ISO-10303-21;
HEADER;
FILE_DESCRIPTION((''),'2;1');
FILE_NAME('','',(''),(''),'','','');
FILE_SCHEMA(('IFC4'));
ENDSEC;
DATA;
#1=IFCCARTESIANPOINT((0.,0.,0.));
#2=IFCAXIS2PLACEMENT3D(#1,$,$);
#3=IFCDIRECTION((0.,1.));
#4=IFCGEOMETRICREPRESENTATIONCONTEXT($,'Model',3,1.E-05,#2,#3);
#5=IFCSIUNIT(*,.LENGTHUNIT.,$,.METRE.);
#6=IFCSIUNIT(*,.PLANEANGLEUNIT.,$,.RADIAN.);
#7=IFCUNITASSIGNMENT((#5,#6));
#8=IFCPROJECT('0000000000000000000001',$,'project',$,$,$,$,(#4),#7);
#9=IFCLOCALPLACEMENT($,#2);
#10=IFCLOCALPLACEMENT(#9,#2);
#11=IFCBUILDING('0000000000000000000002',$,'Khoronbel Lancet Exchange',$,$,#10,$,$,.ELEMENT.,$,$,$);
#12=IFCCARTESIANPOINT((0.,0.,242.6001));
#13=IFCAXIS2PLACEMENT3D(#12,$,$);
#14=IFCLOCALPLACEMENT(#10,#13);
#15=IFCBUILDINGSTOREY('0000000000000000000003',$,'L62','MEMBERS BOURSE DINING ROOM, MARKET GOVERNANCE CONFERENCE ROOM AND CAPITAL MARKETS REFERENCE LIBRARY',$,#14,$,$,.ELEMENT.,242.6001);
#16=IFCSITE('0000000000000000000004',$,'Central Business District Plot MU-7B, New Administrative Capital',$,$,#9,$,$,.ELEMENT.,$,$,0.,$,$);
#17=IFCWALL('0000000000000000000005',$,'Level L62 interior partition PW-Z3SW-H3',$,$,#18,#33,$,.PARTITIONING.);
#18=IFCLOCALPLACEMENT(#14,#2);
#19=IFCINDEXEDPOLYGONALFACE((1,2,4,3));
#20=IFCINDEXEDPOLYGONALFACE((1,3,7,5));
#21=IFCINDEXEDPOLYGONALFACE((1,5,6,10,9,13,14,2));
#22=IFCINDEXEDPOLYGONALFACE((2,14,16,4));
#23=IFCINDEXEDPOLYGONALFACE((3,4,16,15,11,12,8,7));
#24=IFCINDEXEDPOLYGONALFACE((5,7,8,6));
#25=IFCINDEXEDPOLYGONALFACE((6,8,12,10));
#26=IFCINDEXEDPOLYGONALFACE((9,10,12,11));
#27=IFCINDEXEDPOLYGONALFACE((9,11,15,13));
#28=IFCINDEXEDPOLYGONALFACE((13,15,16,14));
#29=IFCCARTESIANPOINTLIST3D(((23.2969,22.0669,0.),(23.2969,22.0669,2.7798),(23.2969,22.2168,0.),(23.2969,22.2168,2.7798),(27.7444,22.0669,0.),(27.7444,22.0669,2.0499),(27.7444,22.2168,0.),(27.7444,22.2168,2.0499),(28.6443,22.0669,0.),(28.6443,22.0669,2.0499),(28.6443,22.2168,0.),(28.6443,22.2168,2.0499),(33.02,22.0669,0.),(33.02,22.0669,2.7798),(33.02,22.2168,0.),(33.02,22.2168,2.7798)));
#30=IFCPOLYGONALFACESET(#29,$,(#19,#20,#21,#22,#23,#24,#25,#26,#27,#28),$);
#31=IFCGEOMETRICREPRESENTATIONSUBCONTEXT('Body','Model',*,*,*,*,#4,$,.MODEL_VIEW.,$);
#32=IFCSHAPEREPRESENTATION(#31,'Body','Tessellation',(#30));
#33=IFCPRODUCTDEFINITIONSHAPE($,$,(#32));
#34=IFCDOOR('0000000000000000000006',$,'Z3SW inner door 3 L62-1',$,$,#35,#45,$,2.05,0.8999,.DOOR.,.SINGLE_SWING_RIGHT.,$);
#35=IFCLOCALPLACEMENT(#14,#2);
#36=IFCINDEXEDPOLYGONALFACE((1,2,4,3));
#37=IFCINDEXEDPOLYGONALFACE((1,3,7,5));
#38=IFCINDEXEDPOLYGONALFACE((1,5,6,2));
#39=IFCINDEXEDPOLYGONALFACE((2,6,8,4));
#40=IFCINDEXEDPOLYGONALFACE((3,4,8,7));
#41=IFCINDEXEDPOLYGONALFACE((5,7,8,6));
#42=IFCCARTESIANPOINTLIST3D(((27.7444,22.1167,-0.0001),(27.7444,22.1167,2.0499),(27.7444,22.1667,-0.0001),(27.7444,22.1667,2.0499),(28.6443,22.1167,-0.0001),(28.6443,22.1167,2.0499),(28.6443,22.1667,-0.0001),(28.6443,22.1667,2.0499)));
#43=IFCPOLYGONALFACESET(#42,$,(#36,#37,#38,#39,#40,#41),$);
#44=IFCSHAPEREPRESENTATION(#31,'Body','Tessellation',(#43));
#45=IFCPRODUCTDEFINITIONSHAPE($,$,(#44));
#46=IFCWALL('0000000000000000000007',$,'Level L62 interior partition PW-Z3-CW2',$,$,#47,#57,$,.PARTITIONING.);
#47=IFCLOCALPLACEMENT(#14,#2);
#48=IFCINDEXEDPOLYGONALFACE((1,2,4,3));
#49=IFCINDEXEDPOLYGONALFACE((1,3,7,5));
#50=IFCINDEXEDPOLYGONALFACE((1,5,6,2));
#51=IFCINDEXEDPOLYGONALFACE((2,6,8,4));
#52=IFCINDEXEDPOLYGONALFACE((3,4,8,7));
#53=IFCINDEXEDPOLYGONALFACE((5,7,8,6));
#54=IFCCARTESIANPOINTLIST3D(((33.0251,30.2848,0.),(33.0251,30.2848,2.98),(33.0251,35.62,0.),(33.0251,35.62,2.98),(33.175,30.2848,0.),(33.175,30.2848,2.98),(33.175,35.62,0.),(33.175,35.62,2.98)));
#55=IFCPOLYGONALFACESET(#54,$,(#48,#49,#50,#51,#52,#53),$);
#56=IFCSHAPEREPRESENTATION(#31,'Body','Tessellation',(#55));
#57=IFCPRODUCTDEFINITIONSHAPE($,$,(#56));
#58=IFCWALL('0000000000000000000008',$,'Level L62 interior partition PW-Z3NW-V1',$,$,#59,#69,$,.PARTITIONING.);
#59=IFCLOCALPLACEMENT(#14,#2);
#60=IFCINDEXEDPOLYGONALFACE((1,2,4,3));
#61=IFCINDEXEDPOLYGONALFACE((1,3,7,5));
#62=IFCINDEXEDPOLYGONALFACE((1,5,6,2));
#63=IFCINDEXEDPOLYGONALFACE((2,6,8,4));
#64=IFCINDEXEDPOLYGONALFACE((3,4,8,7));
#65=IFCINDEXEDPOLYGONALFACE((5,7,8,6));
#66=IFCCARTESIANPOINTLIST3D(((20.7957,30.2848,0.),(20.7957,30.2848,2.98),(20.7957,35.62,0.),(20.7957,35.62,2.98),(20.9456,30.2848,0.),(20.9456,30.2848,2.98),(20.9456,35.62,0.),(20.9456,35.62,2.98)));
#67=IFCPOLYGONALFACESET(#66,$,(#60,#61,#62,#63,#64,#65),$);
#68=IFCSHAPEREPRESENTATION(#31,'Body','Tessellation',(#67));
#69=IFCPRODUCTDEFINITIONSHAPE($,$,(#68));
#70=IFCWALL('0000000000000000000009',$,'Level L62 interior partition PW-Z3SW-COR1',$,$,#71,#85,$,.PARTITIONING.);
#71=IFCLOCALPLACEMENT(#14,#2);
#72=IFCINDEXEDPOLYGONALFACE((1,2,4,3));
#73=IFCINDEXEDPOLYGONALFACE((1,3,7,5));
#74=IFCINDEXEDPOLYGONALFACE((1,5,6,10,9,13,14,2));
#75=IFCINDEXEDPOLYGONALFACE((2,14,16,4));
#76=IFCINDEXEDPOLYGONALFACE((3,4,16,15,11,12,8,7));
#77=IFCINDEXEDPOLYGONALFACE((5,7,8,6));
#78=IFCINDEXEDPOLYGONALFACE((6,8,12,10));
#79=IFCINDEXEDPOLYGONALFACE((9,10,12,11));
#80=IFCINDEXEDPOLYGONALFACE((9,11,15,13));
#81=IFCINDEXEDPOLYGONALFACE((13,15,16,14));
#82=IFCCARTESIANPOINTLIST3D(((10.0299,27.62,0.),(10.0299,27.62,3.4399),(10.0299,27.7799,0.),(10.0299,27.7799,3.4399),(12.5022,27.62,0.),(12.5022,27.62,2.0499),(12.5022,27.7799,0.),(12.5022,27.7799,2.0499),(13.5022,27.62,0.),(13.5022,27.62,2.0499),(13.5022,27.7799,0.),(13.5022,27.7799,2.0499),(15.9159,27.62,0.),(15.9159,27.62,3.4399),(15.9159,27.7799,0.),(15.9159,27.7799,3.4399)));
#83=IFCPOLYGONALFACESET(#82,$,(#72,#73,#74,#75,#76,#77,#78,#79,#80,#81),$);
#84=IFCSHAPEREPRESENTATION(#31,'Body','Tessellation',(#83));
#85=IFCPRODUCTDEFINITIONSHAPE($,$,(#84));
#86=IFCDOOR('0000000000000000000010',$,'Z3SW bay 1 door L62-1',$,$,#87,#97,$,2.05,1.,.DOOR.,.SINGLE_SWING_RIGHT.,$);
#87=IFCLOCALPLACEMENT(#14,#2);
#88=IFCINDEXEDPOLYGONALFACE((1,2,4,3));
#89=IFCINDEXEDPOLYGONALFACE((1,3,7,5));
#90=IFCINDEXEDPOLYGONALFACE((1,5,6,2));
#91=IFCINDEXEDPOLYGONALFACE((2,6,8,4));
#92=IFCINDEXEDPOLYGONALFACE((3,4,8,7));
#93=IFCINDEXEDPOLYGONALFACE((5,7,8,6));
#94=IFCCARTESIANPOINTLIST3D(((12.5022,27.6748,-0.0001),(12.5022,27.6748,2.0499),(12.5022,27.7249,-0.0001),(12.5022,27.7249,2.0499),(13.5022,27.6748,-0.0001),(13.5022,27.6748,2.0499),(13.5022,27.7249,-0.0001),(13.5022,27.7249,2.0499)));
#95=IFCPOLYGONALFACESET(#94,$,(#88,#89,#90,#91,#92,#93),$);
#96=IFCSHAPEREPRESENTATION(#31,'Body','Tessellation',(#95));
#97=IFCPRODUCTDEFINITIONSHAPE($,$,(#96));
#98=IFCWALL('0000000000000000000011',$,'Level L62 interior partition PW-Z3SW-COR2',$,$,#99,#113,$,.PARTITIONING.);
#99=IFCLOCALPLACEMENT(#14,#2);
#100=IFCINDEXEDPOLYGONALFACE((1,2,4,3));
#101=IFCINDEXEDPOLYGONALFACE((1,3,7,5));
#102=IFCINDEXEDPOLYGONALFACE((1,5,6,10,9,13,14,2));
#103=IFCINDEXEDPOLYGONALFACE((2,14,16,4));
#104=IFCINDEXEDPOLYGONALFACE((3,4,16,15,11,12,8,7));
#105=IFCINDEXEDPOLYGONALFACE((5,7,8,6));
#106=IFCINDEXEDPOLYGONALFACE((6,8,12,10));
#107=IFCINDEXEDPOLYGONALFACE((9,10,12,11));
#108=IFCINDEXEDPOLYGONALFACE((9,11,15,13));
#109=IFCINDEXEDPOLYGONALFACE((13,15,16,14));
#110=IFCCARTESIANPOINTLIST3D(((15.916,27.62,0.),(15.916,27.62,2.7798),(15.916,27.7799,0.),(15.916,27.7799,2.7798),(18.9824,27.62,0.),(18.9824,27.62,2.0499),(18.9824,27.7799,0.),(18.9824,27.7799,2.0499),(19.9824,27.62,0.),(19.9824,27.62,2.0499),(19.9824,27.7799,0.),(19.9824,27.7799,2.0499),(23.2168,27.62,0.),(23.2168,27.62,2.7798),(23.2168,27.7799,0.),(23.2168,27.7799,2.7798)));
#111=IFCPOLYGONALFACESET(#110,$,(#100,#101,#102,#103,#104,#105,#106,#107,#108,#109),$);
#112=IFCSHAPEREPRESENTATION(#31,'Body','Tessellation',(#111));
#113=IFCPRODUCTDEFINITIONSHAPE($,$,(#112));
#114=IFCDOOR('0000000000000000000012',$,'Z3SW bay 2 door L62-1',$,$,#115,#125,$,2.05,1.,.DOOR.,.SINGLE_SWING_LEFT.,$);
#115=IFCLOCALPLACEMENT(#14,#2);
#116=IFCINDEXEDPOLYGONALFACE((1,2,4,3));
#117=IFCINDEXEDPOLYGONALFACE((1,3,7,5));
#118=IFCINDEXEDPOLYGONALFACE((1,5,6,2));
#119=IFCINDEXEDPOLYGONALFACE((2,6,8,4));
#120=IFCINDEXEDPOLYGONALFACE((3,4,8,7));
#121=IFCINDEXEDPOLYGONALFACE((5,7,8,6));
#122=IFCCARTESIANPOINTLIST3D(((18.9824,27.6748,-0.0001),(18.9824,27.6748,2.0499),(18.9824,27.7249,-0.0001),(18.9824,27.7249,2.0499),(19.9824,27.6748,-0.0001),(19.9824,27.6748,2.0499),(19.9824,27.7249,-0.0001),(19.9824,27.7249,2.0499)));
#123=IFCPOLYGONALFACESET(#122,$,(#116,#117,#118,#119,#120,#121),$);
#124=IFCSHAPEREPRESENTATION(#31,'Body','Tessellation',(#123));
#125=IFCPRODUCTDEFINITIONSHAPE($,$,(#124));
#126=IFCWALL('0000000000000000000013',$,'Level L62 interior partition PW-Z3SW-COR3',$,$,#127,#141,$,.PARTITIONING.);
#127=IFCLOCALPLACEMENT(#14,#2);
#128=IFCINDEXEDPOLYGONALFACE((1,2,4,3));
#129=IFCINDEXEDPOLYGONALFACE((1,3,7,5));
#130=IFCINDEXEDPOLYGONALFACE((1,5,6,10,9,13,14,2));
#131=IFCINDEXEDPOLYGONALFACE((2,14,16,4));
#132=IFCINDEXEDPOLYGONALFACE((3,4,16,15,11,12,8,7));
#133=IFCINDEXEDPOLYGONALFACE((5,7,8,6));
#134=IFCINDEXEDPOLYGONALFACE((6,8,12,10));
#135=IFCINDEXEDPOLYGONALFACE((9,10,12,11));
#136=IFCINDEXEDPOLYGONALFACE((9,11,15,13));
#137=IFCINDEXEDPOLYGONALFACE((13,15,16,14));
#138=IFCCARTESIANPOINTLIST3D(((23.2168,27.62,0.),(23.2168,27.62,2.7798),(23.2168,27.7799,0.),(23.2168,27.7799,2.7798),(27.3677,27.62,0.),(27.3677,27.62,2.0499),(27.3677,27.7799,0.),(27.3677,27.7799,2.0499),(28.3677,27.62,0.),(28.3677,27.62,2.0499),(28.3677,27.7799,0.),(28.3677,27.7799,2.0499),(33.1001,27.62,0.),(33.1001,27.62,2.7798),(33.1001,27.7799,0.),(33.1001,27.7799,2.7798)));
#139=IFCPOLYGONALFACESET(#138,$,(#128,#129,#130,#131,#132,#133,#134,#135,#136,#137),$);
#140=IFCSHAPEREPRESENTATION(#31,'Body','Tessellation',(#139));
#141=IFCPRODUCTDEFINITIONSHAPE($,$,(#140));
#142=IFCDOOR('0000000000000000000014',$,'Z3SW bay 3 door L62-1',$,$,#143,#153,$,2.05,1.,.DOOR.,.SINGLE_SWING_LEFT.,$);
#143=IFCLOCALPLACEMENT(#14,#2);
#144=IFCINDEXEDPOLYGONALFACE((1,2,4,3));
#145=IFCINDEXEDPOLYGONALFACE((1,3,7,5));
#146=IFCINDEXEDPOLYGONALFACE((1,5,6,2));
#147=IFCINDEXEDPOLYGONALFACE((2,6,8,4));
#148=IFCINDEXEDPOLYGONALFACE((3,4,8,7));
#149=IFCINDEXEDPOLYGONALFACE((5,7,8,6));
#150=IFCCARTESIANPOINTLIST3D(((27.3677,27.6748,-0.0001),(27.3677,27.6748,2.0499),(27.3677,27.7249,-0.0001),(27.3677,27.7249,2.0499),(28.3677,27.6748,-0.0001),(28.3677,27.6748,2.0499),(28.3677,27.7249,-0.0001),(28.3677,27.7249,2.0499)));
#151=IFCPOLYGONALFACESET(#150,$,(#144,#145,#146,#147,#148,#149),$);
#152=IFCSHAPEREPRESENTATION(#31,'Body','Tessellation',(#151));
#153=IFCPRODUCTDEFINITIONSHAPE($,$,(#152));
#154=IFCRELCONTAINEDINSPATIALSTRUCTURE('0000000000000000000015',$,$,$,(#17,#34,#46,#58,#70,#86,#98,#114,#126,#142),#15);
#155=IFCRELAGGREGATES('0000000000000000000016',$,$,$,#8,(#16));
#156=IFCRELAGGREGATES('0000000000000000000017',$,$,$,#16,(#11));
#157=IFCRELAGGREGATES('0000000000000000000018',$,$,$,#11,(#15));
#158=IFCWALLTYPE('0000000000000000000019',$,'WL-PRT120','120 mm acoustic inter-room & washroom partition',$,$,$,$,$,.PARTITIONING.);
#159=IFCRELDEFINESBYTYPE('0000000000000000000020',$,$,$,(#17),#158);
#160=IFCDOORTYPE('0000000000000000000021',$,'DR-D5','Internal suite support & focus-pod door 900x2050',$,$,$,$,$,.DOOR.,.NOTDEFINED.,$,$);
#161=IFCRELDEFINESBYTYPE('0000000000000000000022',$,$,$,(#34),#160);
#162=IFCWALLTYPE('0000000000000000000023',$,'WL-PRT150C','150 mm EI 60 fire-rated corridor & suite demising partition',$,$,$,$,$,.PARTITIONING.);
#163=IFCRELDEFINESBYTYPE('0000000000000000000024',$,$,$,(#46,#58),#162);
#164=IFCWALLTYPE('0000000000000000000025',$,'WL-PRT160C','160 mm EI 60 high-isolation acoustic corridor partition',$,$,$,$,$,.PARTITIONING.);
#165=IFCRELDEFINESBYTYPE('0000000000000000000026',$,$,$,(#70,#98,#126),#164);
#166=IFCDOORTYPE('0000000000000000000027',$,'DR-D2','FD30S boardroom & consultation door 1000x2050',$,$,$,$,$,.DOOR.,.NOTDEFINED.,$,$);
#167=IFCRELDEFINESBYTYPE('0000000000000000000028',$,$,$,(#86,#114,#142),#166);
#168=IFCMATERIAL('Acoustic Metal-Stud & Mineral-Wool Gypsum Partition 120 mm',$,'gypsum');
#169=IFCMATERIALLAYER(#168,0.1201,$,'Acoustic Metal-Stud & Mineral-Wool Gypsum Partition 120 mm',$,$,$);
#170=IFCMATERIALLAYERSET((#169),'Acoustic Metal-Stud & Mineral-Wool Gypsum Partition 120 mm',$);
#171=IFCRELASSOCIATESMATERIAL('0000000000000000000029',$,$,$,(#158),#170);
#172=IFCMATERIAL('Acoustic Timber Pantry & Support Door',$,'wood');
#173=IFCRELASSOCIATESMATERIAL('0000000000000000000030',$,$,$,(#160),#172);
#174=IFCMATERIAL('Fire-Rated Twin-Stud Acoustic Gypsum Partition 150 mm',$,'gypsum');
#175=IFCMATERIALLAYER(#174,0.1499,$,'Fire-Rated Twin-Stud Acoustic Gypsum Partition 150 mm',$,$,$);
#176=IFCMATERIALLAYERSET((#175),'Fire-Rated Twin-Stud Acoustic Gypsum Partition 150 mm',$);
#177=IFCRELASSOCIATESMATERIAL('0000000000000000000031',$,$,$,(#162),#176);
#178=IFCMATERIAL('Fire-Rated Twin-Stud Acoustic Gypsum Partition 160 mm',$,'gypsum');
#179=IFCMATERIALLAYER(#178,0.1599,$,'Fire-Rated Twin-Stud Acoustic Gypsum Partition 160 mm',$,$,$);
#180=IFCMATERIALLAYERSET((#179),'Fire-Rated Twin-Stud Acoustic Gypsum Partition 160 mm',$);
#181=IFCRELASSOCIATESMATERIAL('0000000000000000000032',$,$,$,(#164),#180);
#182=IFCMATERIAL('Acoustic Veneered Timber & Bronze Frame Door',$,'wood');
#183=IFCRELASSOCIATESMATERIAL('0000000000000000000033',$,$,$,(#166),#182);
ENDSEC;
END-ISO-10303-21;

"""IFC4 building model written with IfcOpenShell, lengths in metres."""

from ifc_helpers import new_model, si_unit, direction, frame, frame_2d, origin, place, context, subcontext, project, spatial, rectangle, extrude, material, layer, layer_set, type_object, element, fill, save


model = new_model("IFC4")

# Units and contexts
model_context = context("Model", 3, precision=1e-05, world=origin(), true_north=direction((0.0, 1.0)))
body_context = subcontext(model_context, "Body", "Model", "MODEL_VIEW")
ifc_project = project(units=[si_unit("LENGTHUNIT", "METRE"), si_unit("PLANEANGLEUNIT", "RADIAN")], contexts=[model_context])

# Site, building, storey
site_placement = place(None, origin())
site = spatial("IfcSite", under=ifc_project, at=site_placement, Name="Central Business District Plot MU-7B, New Administrative Capital", CompositionType="ELEMENT", RefElevation=0.0)
building_placement = place(site_placement, origin())
building = spatial("IfcBuilding", under=site, at=building_placement, Name="Khoronbel Lancet Exchange", CompositionType="ELEMENT")
storey_placement = place(building_placement, frame((0.0, 0.0, 242.6001)))
storey = spatial("IfcBuildingStorey", under=building, at=storey_placement, Name="L62", Description="MEMBERS BOURSE DINING ROOM, MARKET GOVERNANCE CONFERENCE ROOM AND CAPITAL MARKETS REFERENCE LIBRARY", CompositionType="ELEMENT", Elevation=242.6001)

# Wall, opening, door
ifc_material_1 = material(Name="Acoustic Metal-Stud & Mineral-Wool Gypsum Partition 120 mm", Category="gypsum")
ifc_layer_1 = layer(ifc_material_1, 0.1201, Name="Acoustic Metal-Stud & Mineral-Wool Gypsum Partition 120 mm")
ifc_layer_set_1 = layer_set([ifc_layer_1], Name="Acoustic Metal-Stud & Mineral-Wool Gypsum Partition 120 mm")
wall_type_1 = type_object("IfcWallType", Name="WL-PRT120", Description="120 mm acoustic inter-room & washroom partition", PredefinedType="PARTITIONING", material=ifc_layer_set_1)
ifc_material_2 = material(Name="Acoustic Timber Pantry & Support Door", Category="wood")
door_type_1 = type_object("IfcDoorType", Name="DR-D5", Description="Internal suite support & focus-pod door 900x2050", OperationType="NOTDEFINED", PredefinedType="DOOR", material=ifc_material_2)
wall_1_placement = place(storey_placement, frame((23.2969, 22.1418, 0.0), z_axis=(0.0, 0.0, 1.0), x_axis=(1.0, 0.0, 0.0)))
wall_1 = element("IfcWall", 1, at=wall_1_placement, inside=storey, type_object=wall_type_1, Name="Level L62 interior partition PW-Z3SW-H3", PredefinedType="PARTITIONING", context=body_context, shape_type="SweptSolid", body=[
    extrude(rectangle(XDim=9.7231, YDim=0.1499, at=frame_2d((4.8616, 0.0))), origin(), (0.0, 0.0, 1.0), 2.7798),
])
opening_1_placement = place(wall_1_placement, frame((4.4475, 0.0, 0.0)))
opening_1 = element("IfcOpeningElement", 2, at=opening_1_placement, cuts=wall_1, PredefinedType="OPENING", context=body_context, shape_type="SweptSolid", body=[
    extrude(rectangle(XDim=0.8999, YDim=2.05, at=frame_2d((0.45, 1.0249))), frame((0.0, 0.085, 0.0), z_axis=(0.0, -1.0, 0.0), x_axis=(1.0, 0.0, 0.0)), (0.0, 0.0, 1.0), 0.1699),
])
door_1_placement = place(opening_1_placement, origin())
door_1 = element("IfcDoor", 3, at=door_1_placement, inside=storey, type_object=door_type_1, Name="Z3SW inner door 3 L62-1", OperationType="SINGLE_SWING_RIGHT", OverallHeight=2.05, OverallWidth=0.8999, PredefinedType="DOOR", context=body_context, shape_type="SweptSolid", body=[
    extrude(rectangle(XDim=0.8999, YDim=2.05, at=frame_2d((0.45, 1.0249))), frame((0.0, 0.0249, 0.0), z_axis=(0.0, -1.0, 0.0), x_axis=(1.0, 0.0, 0.0)), (0.0, 0.0, 1.0), 0.05),
])
fill(opening_1, door_1)

# Walls
ifc_material_3 = material(Name="Fire-Rated Twin-Stud Acoustic Gypsum Partition 150 mm", Category="gypsum")
ifc_layer_2 = layer(ifc_material_3, 0.1499, Name="Fire-Rated Twin-Stud Acoustic Gypsum Partition 150 mm")
ifc_layer_set_2 = layer_set([ifc_layer_2], Name="Fire-Rated Twin-Stud Acoustic Gypsum Partition 150 mm")
wall_type_2 = type_object("IfcWallType", Name="WL-PRT150C", Description="150 mm EI 60 fire-rated corridor & suite demising partition", PredefinedType="PARTITIONING", material=ifc_layer_set_2)
for number, where, z_axis, x_axis, name in (
    (4, (33.1001, 30.2849, 0.0), (0.0, 0.0, 1.0), (0.0, 1.0, 0.0), "Level L62 interior partition PW-Z3-CW2"),
    (5, (20.8706, 30.2849, 0.0), (0.0, 0.0, 1.0), (0.0, 1.0, 0.0), "Level L62 interior partition PW-Z3NW-V1"),
):
    element("IfcWall", number, at=place(storey_placement, frame(where, z_axis=z_axis, x_axis=x_axis)), inside=storey, type_object=wall_type_2, Name=name, PredefinedType="PARTITIONING", context=body_context, shape_type="SweptSolid", body=[
        extrude(rectangle(XDim=5.3352, YDim=0.1499, at=frame_2d((2.6675, 0.0))), origin(), (0.0, 0.0, 1.0), 2.98),
    ])

# Walls, openings, doors
ifc_material_4 = material(Name="Fire-Rated Twin-Stud Acoustic Gypsum Partition 160 mm", Category="gypsum")
ifc_layer_3 = layer(ifc_material_4, 0.1599, Name="Fire-Rated Twin-Stud Acoustic Gypsum Partition 160 mm")
ifc_layer_set_3 = layer_set([ifc_layer_3], Name="Fire-Rated Twin-Stud Acoustic Gypsum Partition 160 mm")
wall_type_3 = type_object("IfcWallType", Name="WL-PRT160C", Description="160 mm EI 60 high-isolation acoustic corridor partition", PredefinedType="PARTITIONING", material=ifc_layer_set_3)
wall_2_placement = place(storey_placement, frame((10.03, 27.7, 0.0), z_axis=(0.0, 0.0, 1.0), x_axis=(1.0, 0.0, 0.0)))
wall_2 = element("IfcWall", 6, at=wall_2_placement, inside=storey, type_object=wall_type_3, Name="Level L62 interior partition PW-Z3SW-COR1", PredefinedType="PARTITIONING", context=body_context, shape_type="SweptSolid", body=[
    extrude(rectangle(XDim=5.886, YDim=0.1599, at=frame_2d((2.9429, 0.0))), origin(), (0.0, 0.0, 1.0), 3.4399),
])
opening_2_placement = place(wall_2_placement, frame((2.4722, 0.0, 0.0)))
opening_2 = element("IfcOpeningElement", 7, at=opening_2_placement, cuts=wall_2, PredefinedType="OPENING", context=body_context, shape_type="SweptSolid", body=[
    extrude(rectangle(XDim=1.0, YDim=2.05, at=frame_2d((0.5, 1.0249))), frame((0.0, 0.0898, 0.0), z_axis=(0.0, -1.0, 0.0), x_axis=(1.0, 0.0, 0.0)), (0.0, 0.0, 1.0), 0.1799),
])
ifc_material_5 = material(Name="Acoustic Veneered Timber & Bronze Frame Door", Category="wood")
door_type_2 = type_object("IfcDoorType", Name="DR-D2", Description="FD30S boardroom & consultation door 1000x2050", OperationType="NOTDEFINED", PredefinedType="DOOR", material=ifc_material_5)
door_2_placement = place(opening_2_placement, origin())
door_2 = element("IfcDoor", 8, at=door_2_placement, inside=storey, type_object=door_type_2, Name="Z3SW bay 1 door L62-1", OperationType="SINGLE_SWING_RIGHT", OverallHeight=2.05, OverallWidth=1.0, PredefinedType="DOOR", context=body_context, shape_type="SweptSolid", body=[
    extrude(rectangle(XDim=1.0, YDim=2.05, at=frame_2d((0.5, 1.0249))), frame((0.0, 0.0249, 0.0), z_axis=(0.0, -1.0, 0.0), x_axis=(1.0, 0.0, 0.0)), (0.0, 0.0, 1.0), 0.05),
])
fill(opening_2, door_2)
wall_3_placement = place(storey_placement, frame((15.916, 27.7, 0.0), z_axis=(0.0, 0.0, 1.0), x_axis=(1.0, 0.0, 0.0)))
wall_3 = element("IfcWall", 9, at=wall_3_placement, inside=storey, type_object=wall_type_3, Name="Level L62 interior partition PW-Z3SW-COR2", PredefinedType="PARTITIONING", context=body_context, shape_type="SweptSolid", body=[
    extrude(rectangle(XDim=7.3008, YDim=0.1599, at=frame_2d((3.6504, 0.0))), origin(), (0.0, 0.0, 1.0), 2.7798),
])
opening_3_placement = place(wall_3_placement, frame((3.0664, 0.0, 0.0)))
opening_3 = element("IfcOpeningElement", 10, at=opening_3_placement, cuts=wall_3, PredefinedType="OPENING", context=body_context, shape_type="SweptSolid", body=[
    extrude(rectangle(XDim=1.0, YDim=2.05, at=frame_2d((0.5, 1.0249))), frame((0.0, 0.0898, 0.0), z_axis=(0.0, -1.0, 0.0), x_axis=(1.0, 0.0, 0.0)), (0.0, 0.0, 1.0), 0.1799),
])
door_3_placement = place(opening_3_placement, origin())
door_3 = element("IfcDoor", 11, at=door_3_placement, inside=storey, type_object=door_type_2, Name="Z3SW bay 2 door L62-1", OperationType="SINGLE_SWING_LEFT", OverallHeight=2.05, OverallWidth=1.0, PredefinedType="DOOR", context=body_context, shape_type="SweptSolid", body=[
    extrude(rectangle(XDim=1.0, YDim=2.05, at=frame_2d((0.5, 1.0249))), frame((0.0, 0.0249, 0.0), z_axis=(0.0, -1.0, 0.0), x_axis=(1.0, 0.0, 0.0)), (0.0, 0.0, 1.0), 0.05),
])
fill(opening_3, door_3)
wall_4_placement = place(storey_placement, frame((23.2168, 27.7, 0.0), z_axis=(0.0, 0.0, 1.0), x_axis=(1.0, 0.0, 0.0)))
wall_4 = element("IfcWall", 12, at=wall_4_placement, inside=storey, type_object=wall_type_3, Name="Level L62 interior partition PW-Z3SW-COR3", PredefinedType="PARTITIONING", context=body_context, shape_type="SweptSolid", body=[
    extrude(rectangle(XDim=9.8833, YDim=0.1599, at=frame_2d((4.9417, 0.0))), origin(), (0.0, 0.0, 1.0), 2.7798),
])
opening_4_placement = place(wall_4_placement, frame((4.1509, 0.0, 0.0)))
opening_4 = element("IfcOpeningElement", 13, at=opening_4_placement, cuts=wall_4, PredefinedType="OPENING", context=body_context, shape_type="SweptSolid", body=[
    extrude(rectangle(XDim=1.0, YDim=2.05, at=frame_2d((0.5, 1.0249))), frame((0.0, 0.0898, 0.0), z_axis=(0.0, -1.0, 0.0), x_axis=(1.0, 0.0, 0.0)), (0.0, 0.0, 1.0), 0.1799),
])
door_4_placement = place(opening_4_placement, origin())
door_4 = element("IfcDoor", 14, at=door_4_placement, inside=storey, type_object=door_type_2, Name="Z3SW bay 3 door L62-1", OperationType="SINGLE_SWING_LEFT", OverallHeight=2.05, OverallWidth=1.0, PredefinedType="DOOR", context=body_context, shape_type="SweptSolid", body=[
    extrude(rectangle(XDim=1.0, YDim=2.05, at=frame_2d((0.5, 1.0249))), frame((0.0, 0.0249, 0.0), z_axis=(0.0, -1.0, 0.0), x_axis=(1.0, 0.0, 0.0)), (0.0, 0.0, 1.0), 0.05),
])
fill(opening_4, door_4)

save(model, "model.ifc")
